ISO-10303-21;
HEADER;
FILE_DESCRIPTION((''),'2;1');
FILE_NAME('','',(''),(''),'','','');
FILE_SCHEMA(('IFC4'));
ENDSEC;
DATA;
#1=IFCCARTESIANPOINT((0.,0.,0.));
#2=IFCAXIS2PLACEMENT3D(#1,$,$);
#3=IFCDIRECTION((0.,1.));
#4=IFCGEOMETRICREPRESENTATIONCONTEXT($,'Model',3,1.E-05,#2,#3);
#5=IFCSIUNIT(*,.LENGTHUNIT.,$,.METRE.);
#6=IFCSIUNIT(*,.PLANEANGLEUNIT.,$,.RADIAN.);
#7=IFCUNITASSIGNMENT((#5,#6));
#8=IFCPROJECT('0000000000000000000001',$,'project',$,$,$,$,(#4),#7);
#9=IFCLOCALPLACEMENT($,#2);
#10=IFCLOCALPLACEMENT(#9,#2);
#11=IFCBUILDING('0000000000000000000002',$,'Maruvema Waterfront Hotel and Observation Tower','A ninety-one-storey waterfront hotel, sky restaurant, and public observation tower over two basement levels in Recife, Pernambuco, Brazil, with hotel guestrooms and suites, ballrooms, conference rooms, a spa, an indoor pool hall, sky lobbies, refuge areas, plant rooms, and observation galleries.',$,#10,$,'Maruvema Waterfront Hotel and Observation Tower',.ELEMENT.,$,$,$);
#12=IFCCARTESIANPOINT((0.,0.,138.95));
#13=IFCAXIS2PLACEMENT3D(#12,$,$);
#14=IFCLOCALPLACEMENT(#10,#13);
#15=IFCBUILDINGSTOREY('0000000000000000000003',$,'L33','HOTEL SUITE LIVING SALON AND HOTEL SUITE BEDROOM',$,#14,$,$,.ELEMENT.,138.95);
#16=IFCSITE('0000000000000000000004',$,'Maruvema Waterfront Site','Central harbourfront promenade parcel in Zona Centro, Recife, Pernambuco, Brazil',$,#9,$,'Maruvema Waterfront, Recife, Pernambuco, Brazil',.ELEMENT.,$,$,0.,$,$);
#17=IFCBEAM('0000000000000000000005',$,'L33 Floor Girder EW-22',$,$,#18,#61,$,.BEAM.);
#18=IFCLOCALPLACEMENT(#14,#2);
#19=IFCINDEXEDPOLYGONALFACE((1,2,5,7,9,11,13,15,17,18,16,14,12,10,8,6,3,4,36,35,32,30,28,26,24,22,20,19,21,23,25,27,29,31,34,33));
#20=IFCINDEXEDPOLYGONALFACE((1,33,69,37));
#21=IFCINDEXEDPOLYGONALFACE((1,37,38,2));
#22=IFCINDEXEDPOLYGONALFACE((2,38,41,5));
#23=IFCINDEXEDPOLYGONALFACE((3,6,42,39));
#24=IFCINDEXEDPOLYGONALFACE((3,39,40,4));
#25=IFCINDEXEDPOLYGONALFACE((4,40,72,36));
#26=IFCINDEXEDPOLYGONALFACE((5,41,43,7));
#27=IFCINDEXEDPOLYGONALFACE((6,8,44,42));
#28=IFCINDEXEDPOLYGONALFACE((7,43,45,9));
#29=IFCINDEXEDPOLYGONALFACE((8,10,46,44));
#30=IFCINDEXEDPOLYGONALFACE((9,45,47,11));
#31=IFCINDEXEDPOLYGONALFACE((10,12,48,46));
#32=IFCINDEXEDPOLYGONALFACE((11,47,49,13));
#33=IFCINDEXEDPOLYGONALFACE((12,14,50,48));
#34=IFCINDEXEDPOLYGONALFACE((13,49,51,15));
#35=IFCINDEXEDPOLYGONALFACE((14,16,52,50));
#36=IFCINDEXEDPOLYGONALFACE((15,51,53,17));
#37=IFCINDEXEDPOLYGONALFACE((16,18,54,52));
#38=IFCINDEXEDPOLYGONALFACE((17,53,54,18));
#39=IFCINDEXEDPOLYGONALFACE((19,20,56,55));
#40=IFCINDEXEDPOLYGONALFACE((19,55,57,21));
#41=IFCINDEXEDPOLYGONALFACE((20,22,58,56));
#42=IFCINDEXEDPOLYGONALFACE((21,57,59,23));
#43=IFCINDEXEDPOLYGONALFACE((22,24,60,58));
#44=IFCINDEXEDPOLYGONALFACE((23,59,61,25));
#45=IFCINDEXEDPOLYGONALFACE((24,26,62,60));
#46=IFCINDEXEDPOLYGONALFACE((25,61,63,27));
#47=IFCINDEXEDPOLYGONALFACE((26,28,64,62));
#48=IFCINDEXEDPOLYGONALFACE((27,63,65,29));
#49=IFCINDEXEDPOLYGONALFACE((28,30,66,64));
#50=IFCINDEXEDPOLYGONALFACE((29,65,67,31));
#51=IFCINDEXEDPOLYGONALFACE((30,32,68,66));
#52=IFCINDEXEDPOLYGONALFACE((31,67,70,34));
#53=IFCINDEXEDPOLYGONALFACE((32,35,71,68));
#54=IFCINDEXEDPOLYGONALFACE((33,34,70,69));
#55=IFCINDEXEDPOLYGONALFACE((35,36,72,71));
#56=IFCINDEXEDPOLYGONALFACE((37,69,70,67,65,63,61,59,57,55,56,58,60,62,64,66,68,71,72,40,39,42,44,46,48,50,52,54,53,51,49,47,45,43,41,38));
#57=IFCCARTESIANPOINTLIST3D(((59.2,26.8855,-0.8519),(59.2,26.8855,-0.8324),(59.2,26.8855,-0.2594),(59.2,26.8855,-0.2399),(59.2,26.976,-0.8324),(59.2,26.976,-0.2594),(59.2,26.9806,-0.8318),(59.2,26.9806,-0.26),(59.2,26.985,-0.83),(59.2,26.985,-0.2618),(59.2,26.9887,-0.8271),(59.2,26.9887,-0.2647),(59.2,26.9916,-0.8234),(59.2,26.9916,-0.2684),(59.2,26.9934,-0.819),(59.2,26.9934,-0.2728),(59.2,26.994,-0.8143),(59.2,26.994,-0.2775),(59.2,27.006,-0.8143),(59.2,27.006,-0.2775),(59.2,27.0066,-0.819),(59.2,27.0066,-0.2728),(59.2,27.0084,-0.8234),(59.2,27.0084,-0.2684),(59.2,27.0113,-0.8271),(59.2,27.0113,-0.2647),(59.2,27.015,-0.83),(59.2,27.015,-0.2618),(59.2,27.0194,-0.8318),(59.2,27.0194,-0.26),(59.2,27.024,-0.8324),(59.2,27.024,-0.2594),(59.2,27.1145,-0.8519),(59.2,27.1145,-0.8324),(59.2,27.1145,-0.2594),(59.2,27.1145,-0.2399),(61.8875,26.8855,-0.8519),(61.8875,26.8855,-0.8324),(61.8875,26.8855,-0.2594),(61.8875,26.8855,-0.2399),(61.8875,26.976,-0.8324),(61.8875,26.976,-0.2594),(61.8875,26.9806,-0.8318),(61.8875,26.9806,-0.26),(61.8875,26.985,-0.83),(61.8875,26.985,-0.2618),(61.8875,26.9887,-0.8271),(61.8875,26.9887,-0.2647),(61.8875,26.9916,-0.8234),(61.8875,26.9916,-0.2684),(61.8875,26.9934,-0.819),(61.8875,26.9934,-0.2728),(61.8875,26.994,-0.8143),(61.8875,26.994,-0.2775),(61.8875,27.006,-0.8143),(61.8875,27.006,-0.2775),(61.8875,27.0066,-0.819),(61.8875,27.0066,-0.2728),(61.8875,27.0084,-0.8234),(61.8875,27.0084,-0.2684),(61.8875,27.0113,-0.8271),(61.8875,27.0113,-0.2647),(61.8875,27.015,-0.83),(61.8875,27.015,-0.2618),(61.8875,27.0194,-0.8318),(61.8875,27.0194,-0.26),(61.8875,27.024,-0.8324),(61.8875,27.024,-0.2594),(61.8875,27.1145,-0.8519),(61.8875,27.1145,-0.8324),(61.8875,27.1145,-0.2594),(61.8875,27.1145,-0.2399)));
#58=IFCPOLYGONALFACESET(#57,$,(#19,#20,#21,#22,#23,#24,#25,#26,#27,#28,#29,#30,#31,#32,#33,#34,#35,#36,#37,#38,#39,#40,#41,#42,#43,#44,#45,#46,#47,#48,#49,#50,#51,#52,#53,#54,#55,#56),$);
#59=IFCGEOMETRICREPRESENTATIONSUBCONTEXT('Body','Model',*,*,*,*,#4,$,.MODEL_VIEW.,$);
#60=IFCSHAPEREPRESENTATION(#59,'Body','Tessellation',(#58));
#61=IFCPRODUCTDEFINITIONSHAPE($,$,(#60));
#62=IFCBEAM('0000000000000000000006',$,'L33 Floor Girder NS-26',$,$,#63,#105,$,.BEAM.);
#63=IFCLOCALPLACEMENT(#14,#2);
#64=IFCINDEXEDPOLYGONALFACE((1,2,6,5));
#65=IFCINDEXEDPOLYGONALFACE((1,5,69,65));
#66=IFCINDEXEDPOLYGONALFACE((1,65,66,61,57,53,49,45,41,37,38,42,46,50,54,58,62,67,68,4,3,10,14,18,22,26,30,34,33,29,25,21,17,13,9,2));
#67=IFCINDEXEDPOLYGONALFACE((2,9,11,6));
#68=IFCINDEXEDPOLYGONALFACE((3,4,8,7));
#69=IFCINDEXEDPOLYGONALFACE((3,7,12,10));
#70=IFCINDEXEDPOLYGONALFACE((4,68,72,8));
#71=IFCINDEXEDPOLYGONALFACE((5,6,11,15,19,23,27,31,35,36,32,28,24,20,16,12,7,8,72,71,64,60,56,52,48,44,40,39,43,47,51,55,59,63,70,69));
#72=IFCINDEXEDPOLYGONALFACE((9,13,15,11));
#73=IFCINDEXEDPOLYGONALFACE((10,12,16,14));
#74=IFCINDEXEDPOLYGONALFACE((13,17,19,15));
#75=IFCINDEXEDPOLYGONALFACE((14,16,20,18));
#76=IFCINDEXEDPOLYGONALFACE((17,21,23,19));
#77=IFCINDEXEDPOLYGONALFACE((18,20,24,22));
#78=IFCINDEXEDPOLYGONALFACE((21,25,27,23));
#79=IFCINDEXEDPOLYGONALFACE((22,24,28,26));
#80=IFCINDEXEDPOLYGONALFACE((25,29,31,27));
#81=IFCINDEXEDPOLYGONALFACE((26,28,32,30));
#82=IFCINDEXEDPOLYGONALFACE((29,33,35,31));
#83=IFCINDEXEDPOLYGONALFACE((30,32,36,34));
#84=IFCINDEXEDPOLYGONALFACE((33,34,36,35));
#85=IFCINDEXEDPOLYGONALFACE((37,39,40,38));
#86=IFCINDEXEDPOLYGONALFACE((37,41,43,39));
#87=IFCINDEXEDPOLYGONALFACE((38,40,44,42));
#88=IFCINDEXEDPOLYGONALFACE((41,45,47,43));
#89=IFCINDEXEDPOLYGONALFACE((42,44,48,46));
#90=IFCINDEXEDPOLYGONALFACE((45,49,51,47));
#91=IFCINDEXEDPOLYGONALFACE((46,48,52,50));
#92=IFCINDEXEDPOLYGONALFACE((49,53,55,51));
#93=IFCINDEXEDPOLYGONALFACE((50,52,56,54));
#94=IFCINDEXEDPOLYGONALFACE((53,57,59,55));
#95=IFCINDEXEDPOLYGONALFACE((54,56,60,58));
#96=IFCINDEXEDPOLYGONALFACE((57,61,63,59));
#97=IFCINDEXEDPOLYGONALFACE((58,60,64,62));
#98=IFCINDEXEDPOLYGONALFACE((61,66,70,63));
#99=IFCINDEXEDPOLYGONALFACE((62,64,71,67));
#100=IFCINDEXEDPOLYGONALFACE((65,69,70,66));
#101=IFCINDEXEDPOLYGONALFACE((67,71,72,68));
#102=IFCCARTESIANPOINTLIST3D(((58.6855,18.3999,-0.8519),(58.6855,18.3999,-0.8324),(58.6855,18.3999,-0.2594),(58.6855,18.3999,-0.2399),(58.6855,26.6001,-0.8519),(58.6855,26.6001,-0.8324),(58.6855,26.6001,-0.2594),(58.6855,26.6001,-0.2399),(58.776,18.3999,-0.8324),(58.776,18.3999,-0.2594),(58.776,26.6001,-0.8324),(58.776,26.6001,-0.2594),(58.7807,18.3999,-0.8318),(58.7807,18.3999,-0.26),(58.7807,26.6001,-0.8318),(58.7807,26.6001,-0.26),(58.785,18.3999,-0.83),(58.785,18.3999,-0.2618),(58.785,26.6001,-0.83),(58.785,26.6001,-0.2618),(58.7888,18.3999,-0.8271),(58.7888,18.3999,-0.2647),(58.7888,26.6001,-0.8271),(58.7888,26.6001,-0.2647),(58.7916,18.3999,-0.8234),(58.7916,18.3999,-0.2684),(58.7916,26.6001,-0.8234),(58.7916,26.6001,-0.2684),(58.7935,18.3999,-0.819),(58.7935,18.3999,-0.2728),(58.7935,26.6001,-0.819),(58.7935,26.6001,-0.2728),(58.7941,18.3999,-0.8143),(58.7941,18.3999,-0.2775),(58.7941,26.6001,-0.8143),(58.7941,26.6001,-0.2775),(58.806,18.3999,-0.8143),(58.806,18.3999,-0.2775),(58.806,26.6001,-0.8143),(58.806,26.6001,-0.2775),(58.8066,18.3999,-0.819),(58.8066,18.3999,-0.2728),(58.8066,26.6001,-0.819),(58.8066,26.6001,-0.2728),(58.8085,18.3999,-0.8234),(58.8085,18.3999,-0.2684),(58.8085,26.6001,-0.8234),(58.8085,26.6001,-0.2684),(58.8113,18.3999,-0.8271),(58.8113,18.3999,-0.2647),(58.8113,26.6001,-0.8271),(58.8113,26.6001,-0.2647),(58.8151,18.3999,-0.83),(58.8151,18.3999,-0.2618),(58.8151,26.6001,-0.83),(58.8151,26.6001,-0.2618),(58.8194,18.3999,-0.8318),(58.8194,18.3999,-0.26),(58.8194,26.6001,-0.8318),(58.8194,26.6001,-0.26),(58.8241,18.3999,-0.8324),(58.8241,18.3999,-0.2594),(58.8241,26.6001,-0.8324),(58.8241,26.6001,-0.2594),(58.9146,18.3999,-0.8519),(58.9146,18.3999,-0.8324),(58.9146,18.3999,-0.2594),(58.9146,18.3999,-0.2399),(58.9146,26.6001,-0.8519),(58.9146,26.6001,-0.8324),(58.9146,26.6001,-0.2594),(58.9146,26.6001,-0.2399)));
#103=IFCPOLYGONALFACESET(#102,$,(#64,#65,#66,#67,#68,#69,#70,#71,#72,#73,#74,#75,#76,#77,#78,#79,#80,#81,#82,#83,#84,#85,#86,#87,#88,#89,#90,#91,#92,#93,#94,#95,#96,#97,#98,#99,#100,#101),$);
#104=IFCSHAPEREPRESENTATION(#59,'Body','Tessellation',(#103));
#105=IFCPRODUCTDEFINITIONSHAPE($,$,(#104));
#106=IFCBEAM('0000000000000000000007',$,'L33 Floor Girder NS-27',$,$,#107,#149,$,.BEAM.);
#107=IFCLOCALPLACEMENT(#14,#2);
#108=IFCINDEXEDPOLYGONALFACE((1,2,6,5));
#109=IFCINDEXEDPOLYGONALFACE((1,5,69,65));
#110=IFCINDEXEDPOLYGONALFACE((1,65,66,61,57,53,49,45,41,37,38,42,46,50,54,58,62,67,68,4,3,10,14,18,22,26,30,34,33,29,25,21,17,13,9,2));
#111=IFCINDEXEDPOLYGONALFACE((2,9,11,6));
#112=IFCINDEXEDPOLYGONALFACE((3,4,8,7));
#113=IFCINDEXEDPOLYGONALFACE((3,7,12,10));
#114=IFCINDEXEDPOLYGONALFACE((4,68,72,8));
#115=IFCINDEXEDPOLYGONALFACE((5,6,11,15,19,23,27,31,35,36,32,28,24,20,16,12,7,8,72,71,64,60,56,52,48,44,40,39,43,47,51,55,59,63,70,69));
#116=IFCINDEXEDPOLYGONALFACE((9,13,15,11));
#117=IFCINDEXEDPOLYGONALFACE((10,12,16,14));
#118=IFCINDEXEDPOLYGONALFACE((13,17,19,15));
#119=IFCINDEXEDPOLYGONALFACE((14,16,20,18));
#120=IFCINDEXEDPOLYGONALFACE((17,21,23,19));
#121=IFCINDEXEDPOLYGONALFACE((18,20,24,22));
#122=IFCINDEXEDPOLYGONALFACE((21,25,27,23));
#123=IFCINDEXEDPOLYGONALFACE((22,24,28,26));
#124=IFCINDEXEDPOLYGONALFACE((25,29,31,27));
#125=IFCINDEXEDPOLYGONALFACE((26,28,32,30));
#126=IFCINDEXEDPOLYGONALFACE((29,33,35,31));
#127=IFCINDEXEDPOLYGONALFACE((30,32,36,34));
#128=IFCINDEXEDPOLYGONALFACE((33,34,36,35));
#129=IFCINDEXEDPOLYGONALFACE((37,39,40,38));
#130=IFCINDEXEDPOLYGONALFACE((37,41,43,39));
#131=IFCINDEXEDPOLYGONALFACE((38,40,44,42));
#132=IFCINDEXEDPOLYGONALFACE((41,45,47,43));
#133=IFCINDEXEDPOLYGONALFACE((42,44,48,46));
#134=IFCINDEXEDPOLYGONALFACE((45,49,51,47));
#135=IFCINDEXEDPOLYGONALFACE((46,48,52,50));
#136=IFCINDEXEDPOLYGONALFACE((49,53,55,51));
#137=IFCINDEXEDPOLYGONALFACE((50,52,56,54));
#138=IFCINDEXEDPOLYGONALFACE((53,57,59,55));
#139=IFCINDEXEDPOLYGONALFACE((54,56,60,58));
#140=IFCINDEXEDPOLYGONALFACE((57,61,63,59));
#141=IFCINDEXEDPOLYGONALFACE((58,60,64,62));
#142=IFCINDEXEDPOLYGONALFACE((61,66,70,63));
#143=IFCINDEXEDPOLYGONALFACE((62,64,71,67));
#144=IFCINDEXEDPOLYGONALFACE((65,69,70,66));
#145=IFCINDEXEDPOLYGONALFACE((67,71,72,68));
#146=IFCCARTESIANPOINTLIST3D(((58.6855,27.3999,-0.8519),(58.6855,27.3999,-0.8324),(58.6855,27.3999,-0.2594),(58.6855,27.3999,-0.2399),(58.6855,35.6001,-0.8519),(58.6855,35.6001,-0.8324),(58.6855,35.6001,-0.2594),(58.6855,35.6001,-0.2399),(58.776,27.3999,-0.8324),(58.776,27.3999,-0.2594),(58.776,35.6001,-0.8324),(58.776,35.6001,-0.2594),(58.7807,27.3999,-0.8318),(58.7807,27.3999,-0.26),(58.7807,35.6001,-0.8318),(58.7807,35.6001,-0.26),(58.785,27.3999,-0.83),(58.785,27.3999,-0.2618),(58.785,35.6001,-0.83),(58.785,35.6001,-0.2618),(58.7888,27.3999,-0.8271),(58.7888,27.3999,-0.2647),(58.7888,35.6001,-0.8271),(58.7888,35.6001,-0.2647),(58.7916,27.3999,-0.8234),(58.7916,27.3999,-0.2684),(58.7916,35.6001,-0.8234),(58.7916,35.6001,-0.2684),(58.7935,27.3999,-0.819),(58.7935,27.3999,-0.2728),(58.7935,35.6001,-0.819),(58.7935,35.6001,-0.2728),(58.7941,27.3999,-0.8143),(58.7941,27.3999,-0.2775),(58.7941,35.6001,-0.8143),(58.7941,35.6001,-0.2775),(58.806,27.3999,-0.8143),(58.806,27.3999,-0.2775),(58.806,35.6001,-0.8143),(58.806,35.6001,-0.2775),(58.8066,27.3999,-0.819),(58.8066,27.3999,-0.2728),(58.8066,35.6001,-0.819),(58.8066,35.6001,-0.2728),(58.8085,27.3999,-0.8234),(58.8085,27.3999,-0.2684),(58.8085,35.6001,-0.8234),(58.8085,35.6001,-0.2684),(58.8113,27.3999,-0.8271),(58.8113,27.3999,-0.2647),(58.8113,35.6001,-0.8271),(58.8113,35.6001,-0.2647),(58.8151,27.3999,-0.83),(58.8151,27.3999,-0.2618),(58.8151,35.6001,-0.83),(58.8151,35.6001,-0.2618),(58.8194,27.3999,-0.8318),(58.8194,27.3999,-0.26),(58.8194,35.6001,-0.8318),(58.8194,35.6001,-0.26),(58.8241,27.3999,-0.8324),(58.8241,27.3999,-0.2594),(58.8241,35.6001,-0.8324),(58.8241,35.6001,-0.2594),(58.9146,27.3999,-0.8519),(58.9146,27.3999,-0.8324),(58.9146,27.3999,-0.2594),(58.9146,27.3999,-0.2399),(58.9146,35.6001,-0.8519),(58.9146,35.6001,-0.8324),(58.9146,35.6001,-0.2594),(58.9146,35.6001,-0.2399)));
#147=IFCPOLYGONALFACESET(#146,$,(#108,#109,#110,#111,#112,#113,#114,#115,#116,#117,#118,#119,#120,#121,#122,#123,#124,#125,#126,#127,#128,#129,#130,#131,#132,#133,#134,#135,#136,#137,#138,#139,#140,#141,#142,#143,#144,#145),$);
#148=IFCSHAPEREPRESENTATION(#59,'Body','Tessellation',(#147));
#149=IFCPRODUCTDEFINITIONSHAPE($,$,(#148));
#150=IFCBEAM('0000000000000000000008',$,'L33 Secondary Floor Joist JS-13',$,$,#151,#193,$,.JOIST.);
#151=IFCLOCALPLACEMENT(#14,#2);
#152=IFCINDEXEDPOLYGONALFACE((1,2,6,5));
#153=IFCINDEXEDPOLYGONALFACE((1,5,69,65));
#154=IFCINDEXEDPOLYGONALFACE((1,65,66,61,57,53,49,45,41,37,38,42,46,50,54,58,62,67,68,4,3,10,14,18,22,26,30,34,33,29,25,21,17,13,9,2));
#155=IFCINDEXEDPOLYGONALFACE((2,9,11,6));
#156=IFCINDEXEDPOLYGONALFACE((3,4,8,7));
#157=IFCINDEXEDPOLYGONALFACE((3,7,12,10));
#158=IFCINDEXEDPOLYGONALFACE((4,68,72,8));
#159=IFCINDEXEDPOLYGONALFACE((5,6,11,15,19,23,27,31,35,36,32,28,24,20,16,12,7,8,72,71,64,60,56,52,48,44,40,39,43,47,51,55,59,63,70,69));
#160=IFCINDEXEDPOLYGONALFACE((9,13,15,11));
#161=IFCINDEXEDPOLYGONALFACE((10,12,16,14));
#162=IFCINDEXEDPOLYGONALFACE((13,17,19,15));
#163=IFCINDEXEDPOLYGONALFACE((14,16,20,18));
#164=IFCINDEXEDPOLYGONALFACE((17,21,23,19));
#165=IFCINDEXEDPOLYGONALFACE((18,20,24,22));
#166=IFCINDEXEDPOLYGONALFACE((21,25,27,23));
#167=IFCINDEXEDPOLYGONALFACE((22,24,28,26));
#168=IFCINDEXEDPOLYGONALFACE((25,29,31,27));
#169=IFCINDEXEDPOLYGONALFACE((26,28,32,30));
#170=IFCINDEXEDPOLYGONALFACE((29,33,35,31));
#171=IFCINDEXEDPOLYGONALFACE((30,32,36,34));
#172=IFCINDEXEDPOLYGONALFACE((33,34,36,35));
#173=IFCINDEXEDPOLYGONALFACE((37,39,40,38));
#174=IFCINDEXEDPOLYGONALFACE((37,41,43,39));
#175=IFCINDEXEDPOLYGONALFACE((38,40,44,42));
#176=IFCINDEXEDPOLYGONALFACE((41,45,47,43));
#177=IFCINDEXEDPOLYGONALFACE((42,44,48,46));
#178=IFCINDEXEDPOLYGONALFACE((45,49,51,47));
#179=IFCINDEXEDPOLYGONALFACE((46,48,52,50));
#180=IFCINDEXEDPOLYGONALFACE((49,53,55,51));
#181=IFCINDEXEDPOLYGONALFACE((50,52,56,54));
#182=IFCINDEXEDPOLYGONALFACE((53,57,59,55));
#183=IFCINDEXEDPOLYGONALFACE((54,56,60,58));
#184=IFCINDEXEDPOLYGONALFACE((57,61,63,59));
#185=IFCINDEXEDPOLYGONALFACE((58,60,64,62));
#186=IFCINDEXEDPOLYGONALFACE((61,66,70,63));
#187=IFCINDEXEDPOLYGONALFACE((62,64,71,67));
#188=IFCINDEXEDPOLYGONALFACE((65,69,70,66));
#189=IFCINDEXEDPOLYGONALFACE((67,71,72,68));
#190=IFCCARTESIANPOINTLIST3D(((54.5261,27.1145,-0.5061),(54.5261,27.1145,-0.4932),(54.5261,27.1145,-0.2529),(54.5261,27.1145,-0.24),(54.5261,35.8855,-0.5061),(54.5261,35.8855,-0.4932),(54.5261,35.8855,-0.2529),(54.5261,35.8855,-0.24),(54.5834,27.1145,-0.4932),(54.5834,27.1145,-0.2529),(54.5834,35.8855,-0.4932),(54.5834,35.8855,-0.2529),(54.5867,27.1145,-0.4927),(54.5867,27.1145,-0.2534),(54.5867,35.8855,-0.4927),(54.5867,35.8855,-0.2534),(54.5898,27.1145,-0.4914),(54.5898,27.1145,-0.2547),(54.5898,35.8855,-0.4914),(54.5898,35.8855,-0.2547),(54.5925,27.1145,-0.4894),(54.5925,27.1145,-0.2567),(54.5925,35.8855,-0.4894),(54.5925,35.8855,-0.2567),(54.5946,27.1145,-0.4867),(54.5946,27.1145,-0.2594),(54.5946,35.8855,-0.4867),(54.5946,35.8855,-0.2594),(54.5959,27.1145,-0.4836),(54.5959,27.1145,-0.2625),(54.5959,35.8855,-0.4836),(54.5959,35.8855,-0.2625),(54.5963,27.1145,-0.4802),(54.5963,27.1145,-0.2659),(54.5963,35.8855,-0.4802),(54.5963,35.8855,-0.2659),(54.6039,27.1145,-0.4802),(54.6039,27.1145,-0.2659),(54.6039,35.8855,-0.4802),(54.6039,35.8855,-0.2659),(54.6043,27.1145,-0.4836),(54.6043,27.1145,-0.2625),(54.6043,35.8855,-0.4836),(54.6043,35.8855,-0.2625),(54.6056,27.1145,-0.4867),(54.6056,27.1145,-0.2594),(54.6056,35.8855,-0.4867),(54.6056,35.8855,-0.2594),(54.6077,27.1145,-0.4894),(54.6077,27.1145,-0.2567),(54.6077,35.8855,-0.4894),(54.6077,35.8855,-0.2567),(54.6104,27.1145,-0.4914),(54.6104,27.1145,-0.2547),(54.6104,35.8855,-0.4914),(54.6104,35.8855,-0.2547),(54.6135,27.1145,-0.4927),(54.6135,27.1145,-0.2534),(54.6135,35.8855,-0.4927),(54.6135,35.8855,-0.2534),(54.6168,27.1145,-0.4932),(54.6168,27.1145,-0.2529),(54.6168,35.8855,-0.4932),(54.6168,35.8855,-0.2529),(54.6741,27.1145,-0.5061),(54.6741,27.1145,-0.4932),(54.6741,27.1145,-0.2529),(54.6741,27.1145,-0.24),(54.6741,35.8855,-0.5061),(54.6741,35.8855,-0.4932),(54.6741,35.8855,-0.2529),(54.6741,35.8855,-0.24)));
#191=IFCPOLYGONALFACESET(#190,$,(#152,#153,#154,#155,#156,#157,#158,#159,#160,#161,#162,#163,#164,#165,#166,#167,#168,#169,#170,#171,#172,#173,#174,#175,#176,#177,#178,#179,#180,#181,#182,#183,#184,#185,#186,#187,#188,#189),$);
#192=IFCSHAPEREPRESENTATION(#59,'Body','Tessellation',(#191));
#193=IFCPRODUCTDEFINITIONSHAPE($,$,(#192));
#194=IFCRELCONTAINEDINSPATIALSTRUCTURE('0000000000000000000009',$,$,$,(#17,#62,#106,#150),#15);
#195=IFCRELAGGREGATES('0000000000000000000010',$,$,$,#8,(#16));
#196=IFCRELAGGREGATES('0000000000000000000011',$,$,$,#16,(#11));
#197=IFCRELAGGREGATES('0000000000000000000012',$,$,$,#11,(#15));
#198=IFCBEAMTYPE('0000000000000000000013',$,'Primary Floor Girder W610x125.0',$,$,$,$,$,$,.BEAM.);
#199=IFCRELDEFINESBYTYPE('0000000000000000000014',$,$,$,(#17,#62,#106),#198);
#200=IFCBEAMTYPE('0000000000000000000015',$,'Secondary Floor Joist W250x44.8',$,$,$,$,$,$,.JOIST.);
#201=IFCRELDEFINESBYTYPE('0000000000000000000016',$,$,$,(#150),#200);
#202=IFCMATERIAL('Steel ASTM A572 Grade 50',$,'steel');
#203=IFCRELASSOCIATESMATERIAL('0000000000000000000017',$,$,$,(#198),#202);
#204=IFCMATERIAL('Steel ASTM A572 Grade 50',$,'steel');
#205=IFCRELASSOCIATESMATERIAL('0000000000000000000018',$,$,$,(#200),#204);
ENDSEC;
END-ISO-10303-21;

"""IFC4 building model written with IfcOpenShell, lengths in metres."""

from ifc_helpers import new_model, si_unit, direction, frame, origin, origin_2d, place, context, subcontext, project, spatial, i_section, extrude, material, material_profile, profile_set, type_object, element, save


model = new_model("IFC4")

# Units and contexts
model_context = context("Model", 3, precision=1e-05, world=origin(), true_north=direction((0.0, 1.0)))
body_context = subcontext(model_context, "Body", "Model", "MODEL_VIEW")
ifc_project = project(units=[si_unit("LENGTHUNIT", "METRE"), si_unit("PLANEANGLEUNIT", "RADIAN")], contexts=[model_context])

# Site, building, storey
site_placement = place(None, origin())
site = spatial("IfcSite", under=ifc_project, at=site_placement, Name="Maruvema Waterfront Site", Description="Central harbourfront promenade parcel in Zona Centro, Recife, Pernambuco, Brazil", LongName="Maruvema Waterfront, Recife, Pernambuco, Brazil", CompositionType="ELEMENT", RefElevation=0.0)
building_placement = place(site_placement, origin())
building = spatial("IfcBuilding", under=site, at=building_placement, Name="Maruvema Waterfront Hotel and Observation Tower", Description="A ninety-one-storey waterfront hotel, sky restaurant, and public observation tower over two basement levels in Recife, Pernambuco, Brazil, with hotel guestrooms and suites, ballrooms, conference rooms, a spa, an indoor pool hall, sky lobbies, refuge areas, plant rooms, and observation galleries.", LongName="Maruvema Waterfront Hotel and Observation Tower", CompositionType="ELEMENT")
storey_placement = place(building_placement, frame((0.0, 0.0, 138.95)))
storey = spatial("IfcBuildingStorey", under=building, at=storey_placement, Name="L33", Description="HOTEL SUITE LIVING SALON AND HOTEL SUITE BEDROOM", CompositionType="ELEMENT", Elevation=138.95)

# Beams
ifc_material_1 = material(Name="Steel ASTM A572 Grade 50", Category="steel")
ifc_material_profile_1 = material_profile(ifc_material_1, i_section(OverallWidth=0.229, OverallDepth=0.6121, WebThickness=0.012, FlangeThickness=0.0195, FilletRadius=0.0181, at=origin_2d()), Name="W610x125.0")
ifc_profile_set_1 = profile_set([ifc_material_profile_1], Name="Steel ASTM A572 Grade 50")
beam_type_1 = type_object("IfcBeamType", Name="Primary Floor Girder W610x125.0", PredefinedType="BEAM", material=ifc_profile_set_1)
beam_1_placement = place(storey_placement, frame((59.2, 27.0, -0.5459), z_axis=(1.0, 0.0, 0.0), x_axis=(0.0, 1.0, 0.0)))
element("IfcBeam", 1, at=beam_1_placement, inside=storey, type_object=beam_type_1, Name="L33 Floor Girder EW-22", PredefinedType="BEAM", context=body_context, shape_type="SweptSolid", body=[
    extrude(i_section(OverallWidth=0.229, OverallDepth=0.6121, WebThickness=0.012, FlangeThickness=0.0195, FilletRadius=0.0181, at=origin_2d()), origin(), (0.0, 0.0, 1.0), 2.6875),
])
for number, where, z_axis, x_axis, name in (
    (2, (58.8, 18.3999, -0.5459), (0.0, 1.0, 0.0), (-1.0, 0.0, 0.0), "L33 Floor Girder NS-26"),
    (3, (58.8, 27.3999, -0.5459), (0.0, 1.0, 0.0), (-1.0, 0.0, 0.0), "L33 Floor Girder NS-27"),
):
    element("IfcBeam", number, at=place(storey_placement, frame(where, z_axis=z_axis, x_axis=x_axis)), inside=storey, type_object=beam_type_1, Name=name, PredefinedType="BEAM", context=body_context, shape_type="SweptSolid", body=[
        extrude(i_section(OverallWidth=0.229, OverallDepth=0.6121, WebThickness=0.012, FlangeThickness=0.0195, FilletRadius=0.0181, at=origin_2d()), origin(), (0.0, 0.0, 1.0), 8.2002),
    ])
ifc_material_2 = material(Name="Steel ASTM A572 Grade 50", Category="steel")
ifc_material_profile_2 = material_profile(ifc_material_2, i_section(OverallWidth=0.1479, OverallDepth=0.2661, WebThickness=0.0076, FlangeThickness=0.0129, FilletRadius=0.0129, at=origin_2d()), Name="W250x44.8")
ifc_profile_set_2 = profile_set([ifc_material_profile_2], Name="Steel ASTM A572 Grade 50")
beam_type_2 = type_object("IfcBeamType", Name="Secondary Floor Joist W250x44.8", PredefinedType="JOIST", material=ifc_profile_set_2)
beam_2_placement = place(storey_placement, frame((54.6001, 27.1145, -0.373), z_axis=(0.0, 1.0, 0.0), x_axis=(-1.0, 0.0, 0.0)))
element("IfcBeam", 4, at=beam_2_placement, inside=storey, type_object=beam_type_2, Name="L33 Secondary Floor Joist JS-13", PredefinedType="JOIST", context=body_context, shape_type="SweptSolid", body=[
    extrude(i_section(OverallWidth=0.1479, OverallDepth=0.2661, WebThickness=0.0076, FlangeThickness=0.0129, FilletRadius=0.0129, at=origin_2d()), origin(), (0.0, 0.0, 1.0), 8.771),
])

save(model, "model.ifc")
